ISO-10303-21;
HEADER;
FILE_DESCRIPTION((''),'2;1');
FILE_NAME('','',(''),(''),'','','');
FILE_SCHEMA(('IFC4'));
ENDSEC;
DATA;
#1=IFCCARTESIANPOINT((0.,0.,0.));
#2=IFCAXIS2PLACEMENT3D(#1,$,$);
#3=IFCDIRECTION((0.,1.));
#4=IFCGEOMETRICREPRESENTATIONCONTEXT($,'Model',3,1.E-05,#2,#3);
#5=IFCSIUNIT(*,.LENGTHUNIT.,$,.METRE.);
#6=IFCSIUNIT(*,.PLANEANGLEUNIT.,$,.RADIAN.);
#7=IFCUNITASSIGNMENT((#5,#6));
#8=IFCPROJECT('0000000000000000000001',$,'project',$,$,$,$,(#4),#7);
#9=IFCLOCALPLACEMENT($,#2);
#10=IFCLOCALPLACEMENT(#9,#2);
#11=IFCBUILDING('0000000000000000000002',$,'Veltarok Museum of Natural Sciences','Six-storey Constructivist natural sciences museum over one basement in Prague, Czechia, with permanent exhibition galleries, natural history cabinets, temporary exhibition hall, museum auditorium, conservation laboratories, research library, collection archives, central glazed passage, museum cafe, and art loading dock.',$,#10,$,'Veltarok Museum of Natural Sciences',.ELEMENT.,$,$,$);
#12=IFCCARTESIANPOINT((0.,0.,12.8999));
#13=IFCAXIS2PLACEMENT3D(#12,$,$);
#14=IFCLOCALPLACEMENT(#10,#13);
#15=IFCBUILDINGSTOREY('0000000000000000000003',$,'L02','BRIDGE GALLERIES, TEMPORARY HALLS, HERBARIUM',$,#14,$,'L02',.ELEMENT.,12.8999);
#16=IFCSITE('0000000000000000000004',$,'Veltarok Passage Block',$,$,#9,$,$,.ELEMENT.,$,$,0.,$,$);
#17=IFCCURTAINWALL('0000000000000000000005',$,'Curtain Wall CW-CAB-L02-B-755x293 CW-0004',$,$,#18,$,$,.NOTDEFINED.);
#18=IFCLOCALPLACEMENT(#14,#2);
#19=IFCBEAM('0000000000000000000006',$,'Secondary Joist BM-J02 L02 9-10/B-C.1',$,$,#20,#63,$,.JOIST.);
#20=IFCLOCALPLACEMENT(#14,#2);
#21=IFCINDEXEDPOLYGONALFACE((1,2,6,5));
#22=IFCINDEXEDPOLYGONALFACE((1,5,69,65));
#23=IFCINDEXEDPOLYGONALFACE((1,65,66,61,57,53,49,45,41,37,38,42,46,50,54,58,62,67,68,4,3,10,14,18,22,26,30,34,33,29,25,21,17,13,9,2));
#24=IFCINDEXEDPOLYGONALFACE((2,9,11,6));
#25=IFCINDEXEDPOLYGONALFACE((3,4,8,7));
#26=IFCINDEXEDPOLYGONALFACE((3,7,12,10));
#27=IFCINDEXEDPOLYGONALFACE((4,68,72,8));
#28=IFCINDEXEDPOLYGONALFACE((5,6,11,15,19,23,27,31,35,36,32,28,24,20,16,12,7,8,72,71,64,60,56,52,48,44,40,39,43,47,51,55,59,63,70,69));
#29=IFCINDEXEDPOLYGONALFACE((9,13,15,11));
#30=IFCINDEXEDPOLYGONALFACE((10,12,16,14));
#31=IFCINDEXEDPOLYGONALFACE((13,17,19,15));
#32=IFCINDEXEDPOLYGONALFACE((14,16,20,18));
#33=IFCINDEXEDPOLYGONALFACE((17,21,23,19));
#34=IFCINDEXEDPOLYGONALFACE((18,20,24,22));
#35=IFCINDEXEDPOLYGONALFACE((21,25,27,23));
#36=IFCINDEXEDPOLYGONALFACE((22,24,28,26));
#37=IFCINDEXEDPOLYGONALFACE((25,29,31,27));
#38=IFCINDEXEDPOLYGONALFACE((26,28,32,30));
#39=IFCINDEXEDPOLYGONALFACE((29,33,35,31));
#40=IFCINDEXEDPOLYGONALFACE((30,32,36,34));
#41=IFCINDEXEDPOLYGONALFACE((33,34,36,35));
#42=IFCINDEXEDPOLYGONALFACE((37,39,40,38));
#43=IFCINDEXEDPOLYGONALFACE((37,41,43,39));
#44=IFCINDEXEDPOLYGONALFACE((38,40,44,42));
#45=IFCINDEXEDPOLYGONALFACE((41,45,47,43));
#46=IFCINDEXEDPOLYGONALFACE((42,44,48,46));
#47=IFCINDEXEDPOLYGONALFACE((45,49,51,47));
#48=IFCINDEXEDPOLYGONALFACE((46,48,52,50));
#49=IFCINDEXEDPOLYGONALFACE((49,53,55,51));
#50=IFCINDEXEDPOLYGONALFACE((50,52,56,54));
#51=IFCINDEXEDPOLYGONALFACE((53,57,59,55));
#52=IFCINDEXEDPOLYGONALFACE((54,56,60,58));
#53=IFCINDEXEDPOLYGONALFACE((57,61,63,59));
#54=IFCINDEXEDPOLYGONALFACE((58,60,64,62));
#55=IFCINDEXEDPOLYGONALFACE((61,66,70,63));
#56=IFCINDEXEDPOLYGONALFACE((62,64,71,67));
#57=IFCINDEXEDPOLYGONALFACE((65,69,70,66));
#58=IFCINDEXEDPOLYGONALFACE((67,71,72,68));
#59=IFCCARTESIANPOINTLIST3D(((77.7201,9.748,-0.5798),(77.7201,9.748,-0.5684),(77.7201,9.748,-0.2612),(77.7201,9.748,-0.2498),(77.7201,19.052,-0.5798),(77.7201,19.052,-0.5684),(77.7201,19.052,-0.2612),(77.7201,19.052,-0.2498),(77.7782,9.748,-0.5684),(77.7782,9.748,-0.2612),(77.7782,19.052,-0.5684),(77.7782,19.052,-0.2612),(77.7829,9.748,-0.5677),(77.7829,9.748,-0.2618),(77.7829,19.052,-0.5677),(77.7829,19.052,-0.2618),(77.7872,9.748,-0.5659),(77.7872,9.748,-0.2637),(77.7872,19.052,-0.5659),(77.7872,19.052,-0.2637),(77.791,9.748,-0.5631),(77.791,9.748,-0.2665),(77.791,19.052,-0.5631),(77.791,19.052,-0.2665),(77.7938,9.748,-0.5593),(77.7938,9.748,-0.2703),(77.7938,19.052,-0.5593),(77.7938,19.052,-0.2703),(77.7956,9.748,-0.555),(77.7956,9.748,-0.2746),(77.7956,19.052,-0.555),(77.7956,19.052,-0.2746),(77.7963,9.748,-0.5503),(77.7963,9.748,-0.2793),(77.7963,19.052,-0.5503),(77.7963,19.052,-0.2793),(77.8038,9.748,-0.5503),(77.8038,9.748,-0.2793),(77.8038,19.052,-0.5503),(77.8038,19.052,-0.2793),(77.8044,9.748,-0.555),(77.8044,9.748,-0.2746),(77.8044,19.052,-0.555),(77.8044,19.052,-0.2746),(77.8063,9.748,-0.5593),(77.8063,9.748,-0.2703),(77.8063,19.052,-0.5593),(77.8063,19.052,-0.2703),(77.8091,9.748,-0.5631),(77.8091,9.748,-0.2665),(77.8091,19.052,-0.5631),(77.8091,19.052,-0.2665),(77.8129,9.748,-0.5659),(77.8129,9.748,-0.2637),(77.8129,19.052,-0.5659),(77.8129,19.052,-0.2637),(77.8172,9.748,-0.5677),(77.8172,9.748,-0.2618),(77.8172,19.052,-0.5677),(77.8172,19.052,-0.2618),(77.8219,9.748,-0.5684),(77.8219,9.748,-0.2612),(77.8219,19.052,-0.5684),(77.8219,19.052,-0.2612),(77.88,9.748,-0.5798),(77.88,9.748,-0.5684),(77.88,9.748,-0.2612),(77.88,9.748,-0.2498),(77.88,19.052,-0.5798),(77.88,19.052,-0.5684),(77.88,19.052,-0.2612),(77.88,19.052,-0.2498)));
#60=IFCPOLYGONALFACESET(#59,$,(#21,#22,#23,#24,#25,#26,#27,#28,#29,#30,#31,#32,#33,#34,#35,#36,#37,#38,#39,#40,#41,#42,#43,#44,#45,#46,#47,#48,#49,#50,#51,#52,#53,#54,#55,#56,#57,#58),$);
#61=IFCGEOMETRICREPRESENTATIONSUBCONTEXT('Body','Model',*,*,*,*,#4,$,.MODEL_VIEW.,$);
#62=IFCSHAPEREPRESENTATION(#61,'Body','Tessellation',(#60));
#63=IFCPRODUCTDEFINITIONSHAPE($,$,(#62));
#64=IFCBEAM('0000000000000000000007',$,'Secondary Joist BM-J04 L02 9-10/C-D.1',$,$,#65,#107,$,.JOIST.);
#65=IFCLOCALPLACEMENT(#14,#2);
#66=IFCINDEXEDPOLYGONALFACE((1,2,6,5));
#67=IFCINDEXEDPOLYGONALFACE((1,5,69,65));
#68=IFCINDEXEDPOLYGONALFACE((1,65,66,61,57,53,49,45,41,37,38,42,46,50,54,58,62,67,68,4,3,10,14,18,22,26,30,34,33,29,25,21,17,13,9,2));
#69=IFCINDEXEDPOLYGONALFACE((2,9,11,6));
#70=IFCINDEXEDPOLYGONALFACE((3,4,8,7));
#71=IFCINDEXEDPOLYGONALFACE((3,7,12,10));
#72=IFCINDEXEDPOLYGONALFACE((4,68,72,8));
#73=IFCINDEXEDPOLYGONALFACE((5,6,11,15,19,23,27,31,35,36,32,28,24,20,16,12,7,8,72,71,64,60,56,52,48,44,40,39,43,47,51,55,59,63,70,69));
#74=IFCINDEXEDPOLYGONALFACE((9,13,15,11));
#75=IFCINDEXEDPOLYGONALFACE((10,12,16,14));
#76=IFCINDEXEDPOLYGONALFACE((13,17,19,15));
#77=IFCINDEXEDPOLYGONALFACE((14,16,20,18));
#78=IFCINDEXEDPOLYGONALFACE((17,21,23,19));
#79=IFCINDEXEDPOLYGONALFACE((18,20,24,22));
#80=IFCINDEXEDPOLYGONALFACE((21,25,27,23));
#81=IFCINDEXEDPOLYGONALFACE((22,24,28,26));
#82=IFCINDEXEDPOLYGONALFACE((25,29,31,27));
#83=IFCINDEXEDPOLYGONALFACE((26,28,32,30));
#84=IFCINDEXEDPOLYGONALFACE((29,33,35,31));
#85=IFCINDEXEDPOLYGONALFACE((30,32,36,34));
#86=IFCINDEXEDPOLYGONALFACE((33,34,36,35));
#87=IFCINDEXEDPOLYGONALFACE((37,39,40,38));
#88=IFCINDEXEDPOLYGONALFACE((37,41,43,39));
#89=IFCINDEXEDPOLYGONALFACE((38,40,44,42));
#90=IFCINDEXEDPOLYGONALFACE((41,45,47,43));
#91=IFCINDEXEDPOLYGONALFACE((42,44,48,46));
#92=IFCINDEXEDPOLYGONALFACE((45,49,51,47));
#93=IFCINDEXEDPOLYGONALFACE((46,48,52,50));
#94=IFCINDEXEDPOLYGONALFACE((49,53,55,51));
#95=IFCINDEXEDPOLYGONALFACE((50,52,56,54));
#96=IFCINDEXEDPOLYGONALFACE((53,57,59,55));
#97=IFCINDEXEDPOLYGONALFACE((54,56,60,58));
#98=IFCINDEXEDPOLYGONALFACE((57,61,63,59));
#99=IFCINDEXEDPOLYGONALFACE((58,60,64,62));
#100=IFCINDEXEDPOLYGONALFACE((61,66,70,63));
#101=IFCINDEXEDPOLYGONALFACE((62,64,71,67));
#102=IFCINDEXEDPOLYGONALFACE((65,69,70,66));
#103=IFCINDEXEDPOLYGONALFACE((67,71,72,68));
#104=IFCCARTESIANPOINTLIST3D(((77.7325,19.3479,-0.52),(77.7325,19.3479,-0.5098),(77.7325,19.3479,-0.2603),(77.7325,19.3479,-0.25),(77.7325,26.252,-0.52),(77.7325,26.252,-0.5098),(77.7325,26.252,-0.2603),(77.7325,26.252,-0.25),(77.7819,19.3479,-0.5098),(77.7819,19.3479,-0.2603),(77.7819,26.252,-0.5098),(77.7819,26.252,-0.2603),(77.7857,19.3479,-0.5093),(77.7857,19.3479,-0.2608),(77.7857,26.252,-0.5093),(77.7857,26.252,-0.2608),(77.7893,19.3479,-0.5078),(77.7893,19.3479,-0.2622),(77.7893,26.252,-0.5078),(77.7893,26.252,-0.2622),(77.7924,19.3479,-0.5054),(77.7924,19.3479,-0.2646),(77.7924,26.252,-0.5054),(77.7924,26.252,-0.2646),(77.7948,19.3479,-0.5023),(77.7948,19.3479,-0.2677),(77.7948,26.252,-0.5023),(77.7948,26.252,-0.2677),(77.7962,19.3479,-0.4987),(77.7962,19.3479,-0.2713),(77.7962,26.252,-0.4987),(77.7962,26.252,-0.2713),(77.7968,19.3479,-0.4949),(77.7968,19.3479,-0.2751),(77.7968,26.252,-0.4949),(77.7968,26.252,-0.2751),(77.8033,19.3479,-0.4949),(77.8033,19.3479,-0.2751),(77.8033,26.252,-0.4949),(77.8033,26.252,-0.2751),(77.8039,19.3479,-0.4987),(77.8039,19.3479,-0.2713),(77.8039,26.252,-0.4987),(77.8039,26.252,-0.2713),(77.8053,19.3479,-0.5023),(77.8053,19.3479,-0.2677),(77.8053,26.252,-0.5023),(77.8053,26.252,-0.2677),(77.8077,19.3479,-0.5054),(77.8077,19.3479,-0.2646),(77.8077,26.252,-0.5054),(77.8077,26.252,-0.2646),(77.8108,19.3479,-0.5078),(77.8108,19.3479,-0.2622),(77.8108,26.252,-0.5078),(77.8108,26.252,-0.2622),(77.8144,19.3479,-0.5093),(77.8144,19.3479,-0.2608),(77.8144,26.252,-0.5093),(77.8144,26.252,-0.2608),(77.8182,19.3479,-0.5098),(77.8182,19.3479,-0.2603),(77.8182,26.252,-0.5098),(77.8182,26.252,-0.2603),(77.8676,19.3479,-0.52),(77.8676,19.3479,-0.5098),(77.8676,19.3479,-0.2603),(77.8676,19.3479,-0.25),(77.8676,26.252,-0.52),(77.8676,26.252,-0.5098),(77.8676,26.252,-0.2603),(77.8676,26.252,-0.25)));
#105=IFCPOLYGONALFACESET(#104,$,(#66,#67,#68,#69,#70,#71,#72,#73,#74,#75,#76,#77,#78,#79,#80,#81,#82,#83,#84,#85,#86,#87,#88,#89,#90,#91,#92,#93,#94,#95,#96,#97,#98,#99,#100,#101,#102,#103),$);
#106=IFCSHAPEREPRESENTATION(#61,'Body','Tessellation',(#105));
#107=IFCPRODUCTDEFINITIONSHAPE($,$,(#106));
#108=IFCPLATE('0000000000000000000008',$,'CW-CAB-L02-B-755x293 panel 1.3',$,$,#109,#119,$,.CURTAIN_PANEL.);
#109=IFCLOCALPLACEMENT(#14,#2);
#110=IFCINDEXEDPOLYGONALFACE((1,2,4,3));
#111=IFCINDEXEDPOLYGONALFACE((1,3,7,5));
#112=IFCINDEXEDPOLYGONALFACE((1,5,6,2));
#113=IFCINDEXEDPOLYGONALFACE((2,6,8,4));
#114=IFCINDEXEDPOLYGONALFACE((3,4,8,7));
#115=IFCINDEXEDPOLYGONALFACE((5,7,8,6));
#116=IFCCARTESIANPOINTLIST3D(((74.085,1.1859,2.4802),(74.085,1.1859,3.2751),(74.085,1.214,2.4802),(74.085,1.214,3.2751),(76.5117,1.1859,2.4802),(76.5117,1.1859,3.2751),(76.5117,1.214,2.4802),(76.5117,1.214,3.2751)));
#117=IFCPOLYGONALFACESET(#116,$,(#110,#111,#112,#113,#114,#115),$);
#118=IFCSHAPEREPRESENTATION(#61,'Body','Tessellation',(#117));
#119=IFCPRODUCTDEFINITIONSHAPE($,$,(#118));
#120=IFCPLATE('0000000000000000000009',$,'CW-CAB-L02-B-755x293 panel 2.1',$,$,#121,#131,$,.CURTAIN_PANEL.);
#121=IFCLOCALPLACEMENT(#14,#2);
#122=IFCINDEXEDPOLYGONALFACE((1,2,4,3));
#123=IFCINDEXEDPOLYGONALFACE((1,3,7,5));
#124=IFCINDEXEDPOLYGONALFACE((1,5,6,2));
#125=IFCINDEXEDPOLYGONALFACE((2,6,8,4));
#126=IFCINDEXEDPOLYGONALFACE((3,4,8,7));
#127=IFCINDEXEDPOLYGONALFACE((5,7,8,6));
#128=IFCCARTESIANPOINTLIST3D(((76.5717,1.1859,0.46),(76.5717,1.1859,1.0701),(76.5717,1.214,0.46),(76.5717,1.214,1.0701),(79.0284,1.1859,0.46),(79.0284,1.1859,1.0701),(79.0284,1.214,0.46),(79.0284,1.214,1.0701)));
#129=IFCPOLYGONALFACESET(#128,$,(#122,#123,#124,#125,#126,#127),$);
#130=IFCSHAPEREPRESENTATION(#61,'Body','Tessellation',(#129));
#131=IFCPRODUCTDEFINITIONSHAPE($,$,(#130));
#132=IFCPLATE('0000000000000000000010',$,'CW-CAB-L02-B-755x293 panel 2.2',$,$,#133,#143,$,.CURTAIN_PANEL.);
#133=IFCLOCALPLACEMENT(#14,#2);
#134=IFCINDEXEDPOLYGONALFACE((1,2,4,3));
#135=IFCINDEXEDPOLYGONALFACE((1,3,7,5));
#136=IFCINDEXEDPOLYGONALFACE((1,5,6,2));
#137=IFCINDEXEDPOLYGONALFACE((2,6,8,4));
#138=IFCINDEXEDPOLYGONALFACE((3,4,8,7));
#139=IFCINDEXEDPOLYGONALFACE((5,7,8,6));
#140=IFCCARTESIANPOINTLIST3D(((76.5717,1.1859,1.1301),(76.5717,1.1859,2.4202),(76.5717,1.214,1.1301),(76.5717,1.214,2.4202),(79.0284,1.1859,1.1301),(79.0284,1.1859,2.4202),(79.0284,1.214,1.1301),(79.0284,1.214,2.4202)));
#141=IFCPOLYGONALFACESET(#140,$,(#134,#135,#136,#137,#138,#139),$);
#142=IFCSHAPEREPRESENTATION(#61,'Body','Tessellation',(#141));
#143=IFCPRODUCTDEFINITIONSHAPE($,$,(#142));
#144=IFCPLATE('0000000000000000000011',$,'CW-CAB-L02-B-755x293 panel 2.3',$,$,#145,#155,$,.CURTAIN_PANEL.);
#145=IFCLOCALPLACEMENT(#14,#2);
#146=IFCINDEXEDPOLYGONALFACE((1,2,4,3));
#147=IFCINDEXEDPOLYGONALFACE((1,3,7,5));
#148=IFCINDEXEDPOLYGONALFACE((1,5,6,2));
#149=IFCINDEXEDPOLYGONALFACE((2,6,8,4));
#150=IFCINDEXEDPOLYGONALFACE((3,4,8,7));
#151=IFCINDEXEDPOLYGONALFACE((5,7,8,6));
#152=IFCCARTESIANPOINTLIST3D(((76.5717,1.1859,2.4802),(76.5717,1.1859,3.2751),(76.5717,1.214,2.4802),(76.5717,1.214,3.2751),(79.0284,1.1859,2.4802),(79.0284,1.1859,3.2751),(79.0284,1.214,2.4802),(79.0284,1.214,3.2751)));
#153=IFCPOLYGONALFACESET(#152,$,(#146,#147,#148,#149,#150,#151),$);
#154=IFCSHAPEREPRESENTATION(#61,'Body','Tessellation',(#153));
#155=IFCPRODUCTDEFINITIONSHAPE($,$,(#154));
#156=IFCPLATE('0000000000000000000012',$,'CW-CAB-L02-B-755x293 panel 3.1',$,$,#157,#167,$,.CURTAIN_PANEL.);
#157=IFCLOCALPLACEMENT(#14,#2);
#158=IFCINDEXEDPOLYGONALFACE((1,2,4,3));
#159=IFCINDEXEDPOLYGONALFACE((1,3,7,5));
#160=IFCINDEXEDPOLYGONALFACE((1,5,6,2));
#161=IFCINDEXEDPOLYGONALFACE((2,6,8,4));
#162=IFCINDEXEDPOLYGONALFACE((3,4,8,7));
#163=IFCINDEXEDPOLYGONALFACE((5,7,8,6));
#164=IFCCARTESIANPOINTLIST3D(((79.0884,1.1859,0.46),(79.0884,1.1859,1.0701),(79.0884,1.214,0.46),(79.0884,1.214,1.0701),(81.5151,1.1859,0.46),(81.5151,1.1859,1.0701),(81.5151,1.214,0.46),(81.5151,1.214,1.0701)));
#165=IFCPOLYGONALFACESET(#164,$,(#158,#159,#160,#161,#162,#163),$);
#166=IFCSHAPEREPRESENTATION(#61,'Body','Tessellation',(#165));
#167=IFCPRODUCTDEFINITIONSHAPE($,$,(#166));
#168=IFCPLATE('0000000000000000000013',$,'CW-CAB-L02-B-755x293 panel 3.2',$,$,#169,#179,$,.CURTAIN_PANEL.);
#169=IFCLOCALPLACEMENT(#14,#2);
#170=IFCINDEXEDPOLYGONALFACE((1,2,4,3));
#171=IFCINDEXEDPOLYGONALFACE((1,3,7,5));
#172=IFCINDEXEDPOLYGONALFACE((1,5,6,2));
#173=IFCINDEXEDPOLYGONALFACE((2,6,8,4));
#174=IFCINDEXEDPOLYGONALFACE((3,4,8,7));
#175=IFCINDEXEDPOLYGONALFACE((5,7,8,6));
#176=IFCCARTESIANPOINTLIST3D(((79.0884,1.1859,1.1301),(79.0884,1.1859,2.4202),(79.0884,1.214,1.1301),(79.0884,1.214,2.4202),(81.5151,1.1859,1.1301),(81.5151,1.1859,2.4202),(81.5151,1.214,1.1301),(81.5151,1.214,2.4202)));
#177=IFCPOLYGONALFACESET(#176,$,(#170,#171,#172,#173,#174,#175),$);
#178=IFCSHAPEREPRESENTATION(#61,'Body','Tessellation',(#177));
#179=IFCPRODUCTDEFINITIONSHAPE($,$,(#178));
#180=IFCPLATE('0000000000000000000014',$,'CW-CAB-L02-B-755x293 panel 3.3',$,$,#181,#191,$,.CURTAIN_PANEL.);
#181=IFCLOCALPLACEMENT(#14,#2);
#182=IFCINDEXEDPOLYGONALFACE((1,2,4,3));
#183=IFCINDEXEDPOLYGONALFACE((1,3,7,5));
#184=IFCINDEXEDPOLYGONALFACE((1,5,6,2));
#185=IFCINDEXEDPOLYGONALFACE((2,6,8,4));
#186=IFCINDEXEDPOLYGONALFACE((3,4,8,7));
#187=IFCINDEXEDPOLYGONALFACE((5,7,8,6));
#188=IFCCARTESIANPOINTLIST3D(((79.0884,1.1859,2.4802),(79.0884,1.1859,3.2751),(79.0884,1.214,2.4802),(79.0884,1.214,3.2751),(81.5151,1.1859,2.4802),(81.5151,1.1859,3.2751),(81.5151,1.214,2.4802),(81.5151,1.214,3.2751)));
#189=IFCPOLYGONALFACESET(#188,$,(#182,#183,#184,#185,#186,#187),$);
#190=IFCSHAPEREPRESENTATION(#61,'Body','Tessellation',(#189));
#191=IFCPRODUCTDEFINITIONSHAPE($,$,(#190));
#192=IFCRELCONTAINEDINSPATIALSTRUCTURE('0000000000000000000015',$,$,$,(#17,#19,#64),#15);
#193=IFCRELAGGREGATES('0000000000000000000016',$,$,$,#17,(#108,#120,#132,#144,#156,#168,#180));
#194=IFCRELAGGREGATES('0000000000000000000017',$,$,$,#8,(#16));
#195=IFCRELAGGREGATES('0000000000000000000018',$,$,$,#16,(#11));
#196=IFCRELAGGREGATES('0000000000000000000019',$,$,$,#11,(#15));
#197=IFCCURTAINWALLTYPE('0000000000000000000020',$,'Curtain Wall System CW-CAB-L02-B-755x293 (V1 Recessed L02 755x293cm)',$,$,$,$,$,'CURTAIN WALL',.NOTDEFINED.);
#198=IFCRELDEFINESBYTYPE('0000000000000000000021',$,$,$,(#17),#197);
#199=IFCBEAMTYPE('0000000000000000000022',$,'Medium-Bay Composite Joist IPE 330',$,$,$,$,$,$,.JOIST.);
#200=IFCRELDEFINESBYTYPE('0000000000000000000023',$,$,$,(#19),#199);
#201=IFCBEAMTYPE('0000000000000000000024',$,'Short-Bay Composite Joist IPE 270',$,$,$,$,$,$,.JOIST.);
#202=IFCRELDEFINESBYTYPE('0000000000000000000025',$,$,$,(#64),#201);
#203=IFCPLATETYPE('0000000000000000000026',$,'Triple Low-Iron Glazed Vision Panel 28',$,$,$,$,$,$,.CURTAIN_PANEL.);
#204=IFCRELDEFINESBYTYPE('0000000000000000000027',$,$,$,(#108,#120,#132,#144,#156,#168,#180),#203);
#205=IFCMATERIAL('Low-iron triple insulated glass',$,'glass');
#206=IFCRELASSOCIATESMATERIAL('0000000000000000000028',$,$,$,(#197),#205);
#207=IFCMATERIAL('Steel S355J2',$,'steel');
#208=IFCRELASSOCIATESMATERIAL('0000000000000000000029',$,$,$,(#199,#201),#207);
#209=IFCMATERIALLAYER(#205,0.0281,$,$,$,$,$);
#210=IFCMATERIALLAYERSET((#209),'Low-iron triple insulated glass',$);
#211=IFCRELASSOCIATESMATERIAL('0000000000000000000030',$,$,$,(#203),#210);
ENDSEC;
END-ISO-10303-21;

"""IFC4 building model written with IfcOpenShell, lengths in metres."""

from ifc_helpers import new_model, si_unit, direction, frame, origin, origin_2d, place, context, subcontext, project, spatial, rectangle, i_section, extrude, material, layer, layer_set, material_profile, profile_set, type_object, element, aggregate, save


model = new_model("IFC4")

# Units and contexts
model_context = context("Model", 3, precision=1e-05, world=origin(), true_north=direction((0.0, 1.0)))
body_context = subcontext(model_context, "Body", "Model", "MODEL_VIEW")
ifc_project = project(units=[si_unit("LENGTHUNIT", "METRE"), si_unit("PLANEANGLEUNIT", "RADIAN")], contexts=[model_context])

# Site, building, storey
site_placement = place(None, origin())
site = spatial("IfcSite", under=ifc_project, at=site_placement, Name="Veltarok Passage Block", CompositionType="ELEMENT", RefElevation=0.0)
building_placement = place(site_placement, origin())
building = spatial("IfcBuilding", under=site, at=building_placement, Name="Veltarok Museum of Natural Sciences", Description="Six-storey Constructivist natural sciences museum over one basement in Prague, Czechia, with permanent exhibition galleries, natural history cabinets, temporary exhibition hall, museum auditorium, conservation laboratories, research library, collection archives, central glazed passage, museum cafe, and art loading dock.", LongName="Veltarok Museum of Natural Sciences", CompositionType="ELEMENT")
storey_placement = place(building_placement, frame((0.0, 0.0, 12.8999)))
storey = spatial("IfcBuildingStorey", under=building, at=storey_placement, Name="L02", Description="BRIDGE GALLERIES, TEMPORARY HALLS, HERBARIUM", LongName="L02", CompositionType="ELEMENT", Elevation=12.8999)

# Curtain wall
ifc_material_1 = material(Name="Low-iron triple insulated glass", Category="glass")
curtain_wall_type = type_object("IfcCurtainWallType", Name="Curtain Wall System CW-CAB-L02-B-755x293 (V1 Recessed L02 755x293cm)", ElementType="CURTAIN WALL", PredefinedType="NOTDEFINED", material=ifc_material_1)
curtain_wall_placement = place(storey_placement, origin())
curtain_wall = element("IfcCurtainWall", 1, at=curtain_wall_placement, inside=storey, type_object=curtain_wall_type, Name="Curtain Wall CW-CAB-L02-B-755x293 CW-0004", PredefinedType="NOTDEFINED")

# Beams
ifc_material_2 = material(Name="Steel S355J2", Category="steel")
ifc_material_profile_1 = material_profile(ifc_material_2, i_section(OverallWidth=0.1599, OverallDepth=0.3301, WebThickness=0.0076, FlangeThickness=0.0115, FilletRadius=0.0181, at=origin_2d()), Name="IPE 330")
ifc_profile_set_1 = profile_set([ifc_material_profile_1], Name="Steel S355J2")
beam_type_1 = type_object("IfcBeamType", Name="Medium-Bay Composite Joist IPE 330", PredefinedType="JOIST", material=ifc_profile_set_1)
beam_1_placement = place(storey_placement, frame((77.8, 9.748, -0.4148), z_axis=(0.0, 1.0, 0.0), x_axis=(-1.0, 0.0, 0.0)))
element("IfcBeam", 2, at=beam_1_placement, inside=storey, type_object=beam_type_1, Name="Secondary Joist BM-J02 L02 9-10/B-C.1", PredefinedType="JOIST", context=body_context, shape_type="SweptSolid", body=[
    extrude(i_section(OverallWidth=0.1599, OverallDepth=0.3301, WebThickness=0.0076, FlangeThickness=0.0115, FilletRadius=0.0181, at=origin_2d()), origin(), (0.0, 0.0, 1.0), 9.304),
])
ifc_material_profile_2 = material_profile(ifc_material_2, i_section(OverallWidth=0.135, OverallDepth=0.27, WebThickness=0.0066, FlangeThickness=0.0103, FilletRadius=0.0149, at=origin_2d()), Name="IPE 270")
ifc_profile_set_2 = profile_set([ifc_material_profile_2], Name="Steel S355J2")
beam_type_2 = type_object("IfcBeamType", Name="Short-Bay Composite Joist IPE 270", PredefinedType="JOIST", material=ifc_profile_set_2)
beam_2_placement = place(storey_placement, frame((77.8, 19.3479, -0.385), z_axis=(0.0, 1.0, 0.0), x_axis=(-1.0, 0.0, 0.0)))
element("IfcBeam", 3, at=beam_2_placement, inside=storey, type_object=beam_type_2, Name="Secondary Joist BM-J04 L02 9-10/C-D.1", PredefinedType="JOIST", context=body_context, shape_type="SweptSolid", body=[
    extrude(i_section(OverallWidth=0.135, OverallDepth=0.27, WebThickness=0.0066, FlangeThickness=0.0103, FilletRadius=0.0149, at=origin_2d()), origin(), (0.0, 0.0, 1.0), 6.9041),
])

# Plates
ifc_layer = layer(ifc_material_1, 0.0281)
ifc_layer_set = layer_set([ifc_layer], Name="Low-iron triple insulated glass")
plate_type = type_object("IfcPlateType", Name="Triple Low-Iron Glazed Vision Panel 28", PredefinedType="CURTAIN_PANEL", material=ifc_layer_set)
plate_1_placement = place(storey_placement, frame((75.2983, 1.2, 2.4802), z_axis=(0.0, 0.0, 1.0), x_axis=(1.0, 0.0, 0.0)))
plate_1 = element("IfcPlate", 4, at=plate_1_placement, type_object=plate_type, Name="CW-CAB-L02-B-755x293 panel 1.3", PredefinedType="CURTAIN_PANEL", context=body_context, shape_type="SweptSolid", body=[
    extrude(rectangle(XDim=2.4268, YDim=0.0281, at=origin_2d()), origin(), (0.0, 0.0, 1.0), 0.7949),
])
plate_2_placement = place(storey_placement, frame((77.8, 1.2, 0.46), z_axis=(0.0, 0.0, 1.0), x_axis=(1.0, 0.0, 0.0)))
plate_2 = element("IfcPlate", 5, at=plate_2_placement, type_object=plate_type, Name="CW-CAB-L02-B-755x293 panel 2.1", PredefinedType="CURTAIN_PANEL", context=body_context, shape_type="SweptSolid", body=[
    extrude(rectangle(XDim=2.4568, YDim=0.0281, at=origin_2d()), origin(), (0.0, 0.0, 1.0), 0.6101),
])
plate_3_placement = place(storey_placement, frame((77.8, 1.2, 1.1301), z_axis=(0.0, 0.0, 1.0), x_axis=(1.0, 0.0, 0.0)))
plate_3 = element("IfcPlate", 6, at=plate_3_placement, type_object=plate_type, Name="CW-CAB-L02-B-755x293 panel 2.2", PredefinedType="CURTAIN_PANEL", context=body_context, shape_type="SweptSolid", body=[
    extrude(rectangle(XDim=2.4568, YDim=0.0281, at=origin_2d()), origin(), (0.0, 0.0, 1.0), 1.29),
])
plate_4_placement = place(storey_placement, frame((77.8, 1.2, 2.4802), z_axis=(0.0, 0.0, 1.0), x_axis=(1.0, 0.0, 0.0)))
plate_4 = element("IfcPlate", 7, at=plate_4_placement, type_object=plate_type, Name="CW-CAB-L02-B-755x293 panel 2.3", PredefinedType="CURTAIN_PANEL", context=body_context, shape_type="SweptSolid", body=[
    extrude(rectangle(XDim=2.4568, YDim=0.0281, at=origin_2d()), origin(), (0.0, 0.0, 1.0), 0.7949),
])
plate_5_placement = place(storey_placement, frame((80.3018, 1.2, 0.46), z_axis=(0.0, 0.0, 1.0), x_axis=(1.0, 0.0, 0.0)))
plate_5 = element("IfcPlate", 8, at=plate_5_placement, type_object=plate_type, Name="CW-CAB-L02-B-755x293 panel 3.1", PredefinedType="CURTAIN_PANEL", context=body_context, shape_type="SweptSolid", body=[
    extrude(rectangle(XDim=2.4268, YDim=0.0281, at=origin_2d()), origin(), (0.0, 0.0, 1.0), 0.6101),
])
plate_6_placement = place(storey_placement, frame((80.3018, 1.2, 1.1301), z_axis=(0.0, 0.0, 1.0), x_axis=(1.0, 0.0, 0.0)))
plate_6 = element("IfcPlate", 9, at=plate_6_placement, type_object=plate_type, Name="CW-CAB-L02-B-755x293 panel 3.2", PredefinedType="CURTAIN_PANEL", context=body_context, shape_type="SweptSolid", body=[
    extrude(rectangle(XDim=2.4268, YDim=0.0281, at=origin_2d()), origin(), (0.0, 0.0, 1.0), 1.29),
])
plate_7_placement = place(storey_placement, frame((80.3018, 1.2, 2.4802), z_axis=(0.0, 0.0, 1.0), x_axis=(1.0, 0.0, 0.0)))
plate_7 = element("IfcPlate", 10, at=plate_7_placement, type_object=plate_type, Name="CW-CAB-L02-B-755x293 panel 3.3", PredefinedType="CURTAIN_PANEL", context=body_context, shape_type="SweptSolid", body=[
    extrude(rectangle(XDim=2.4268, YDim=0.0281, at=origin_2d()), origin(), (0.0, 0.0, 1.0), 0.7949),
])
aggregate(curtain_wall, [plate_1, plate_2, plate_3, plate_4, plate_5, plate_6, plate_7])

save(model, "model.ifc")
